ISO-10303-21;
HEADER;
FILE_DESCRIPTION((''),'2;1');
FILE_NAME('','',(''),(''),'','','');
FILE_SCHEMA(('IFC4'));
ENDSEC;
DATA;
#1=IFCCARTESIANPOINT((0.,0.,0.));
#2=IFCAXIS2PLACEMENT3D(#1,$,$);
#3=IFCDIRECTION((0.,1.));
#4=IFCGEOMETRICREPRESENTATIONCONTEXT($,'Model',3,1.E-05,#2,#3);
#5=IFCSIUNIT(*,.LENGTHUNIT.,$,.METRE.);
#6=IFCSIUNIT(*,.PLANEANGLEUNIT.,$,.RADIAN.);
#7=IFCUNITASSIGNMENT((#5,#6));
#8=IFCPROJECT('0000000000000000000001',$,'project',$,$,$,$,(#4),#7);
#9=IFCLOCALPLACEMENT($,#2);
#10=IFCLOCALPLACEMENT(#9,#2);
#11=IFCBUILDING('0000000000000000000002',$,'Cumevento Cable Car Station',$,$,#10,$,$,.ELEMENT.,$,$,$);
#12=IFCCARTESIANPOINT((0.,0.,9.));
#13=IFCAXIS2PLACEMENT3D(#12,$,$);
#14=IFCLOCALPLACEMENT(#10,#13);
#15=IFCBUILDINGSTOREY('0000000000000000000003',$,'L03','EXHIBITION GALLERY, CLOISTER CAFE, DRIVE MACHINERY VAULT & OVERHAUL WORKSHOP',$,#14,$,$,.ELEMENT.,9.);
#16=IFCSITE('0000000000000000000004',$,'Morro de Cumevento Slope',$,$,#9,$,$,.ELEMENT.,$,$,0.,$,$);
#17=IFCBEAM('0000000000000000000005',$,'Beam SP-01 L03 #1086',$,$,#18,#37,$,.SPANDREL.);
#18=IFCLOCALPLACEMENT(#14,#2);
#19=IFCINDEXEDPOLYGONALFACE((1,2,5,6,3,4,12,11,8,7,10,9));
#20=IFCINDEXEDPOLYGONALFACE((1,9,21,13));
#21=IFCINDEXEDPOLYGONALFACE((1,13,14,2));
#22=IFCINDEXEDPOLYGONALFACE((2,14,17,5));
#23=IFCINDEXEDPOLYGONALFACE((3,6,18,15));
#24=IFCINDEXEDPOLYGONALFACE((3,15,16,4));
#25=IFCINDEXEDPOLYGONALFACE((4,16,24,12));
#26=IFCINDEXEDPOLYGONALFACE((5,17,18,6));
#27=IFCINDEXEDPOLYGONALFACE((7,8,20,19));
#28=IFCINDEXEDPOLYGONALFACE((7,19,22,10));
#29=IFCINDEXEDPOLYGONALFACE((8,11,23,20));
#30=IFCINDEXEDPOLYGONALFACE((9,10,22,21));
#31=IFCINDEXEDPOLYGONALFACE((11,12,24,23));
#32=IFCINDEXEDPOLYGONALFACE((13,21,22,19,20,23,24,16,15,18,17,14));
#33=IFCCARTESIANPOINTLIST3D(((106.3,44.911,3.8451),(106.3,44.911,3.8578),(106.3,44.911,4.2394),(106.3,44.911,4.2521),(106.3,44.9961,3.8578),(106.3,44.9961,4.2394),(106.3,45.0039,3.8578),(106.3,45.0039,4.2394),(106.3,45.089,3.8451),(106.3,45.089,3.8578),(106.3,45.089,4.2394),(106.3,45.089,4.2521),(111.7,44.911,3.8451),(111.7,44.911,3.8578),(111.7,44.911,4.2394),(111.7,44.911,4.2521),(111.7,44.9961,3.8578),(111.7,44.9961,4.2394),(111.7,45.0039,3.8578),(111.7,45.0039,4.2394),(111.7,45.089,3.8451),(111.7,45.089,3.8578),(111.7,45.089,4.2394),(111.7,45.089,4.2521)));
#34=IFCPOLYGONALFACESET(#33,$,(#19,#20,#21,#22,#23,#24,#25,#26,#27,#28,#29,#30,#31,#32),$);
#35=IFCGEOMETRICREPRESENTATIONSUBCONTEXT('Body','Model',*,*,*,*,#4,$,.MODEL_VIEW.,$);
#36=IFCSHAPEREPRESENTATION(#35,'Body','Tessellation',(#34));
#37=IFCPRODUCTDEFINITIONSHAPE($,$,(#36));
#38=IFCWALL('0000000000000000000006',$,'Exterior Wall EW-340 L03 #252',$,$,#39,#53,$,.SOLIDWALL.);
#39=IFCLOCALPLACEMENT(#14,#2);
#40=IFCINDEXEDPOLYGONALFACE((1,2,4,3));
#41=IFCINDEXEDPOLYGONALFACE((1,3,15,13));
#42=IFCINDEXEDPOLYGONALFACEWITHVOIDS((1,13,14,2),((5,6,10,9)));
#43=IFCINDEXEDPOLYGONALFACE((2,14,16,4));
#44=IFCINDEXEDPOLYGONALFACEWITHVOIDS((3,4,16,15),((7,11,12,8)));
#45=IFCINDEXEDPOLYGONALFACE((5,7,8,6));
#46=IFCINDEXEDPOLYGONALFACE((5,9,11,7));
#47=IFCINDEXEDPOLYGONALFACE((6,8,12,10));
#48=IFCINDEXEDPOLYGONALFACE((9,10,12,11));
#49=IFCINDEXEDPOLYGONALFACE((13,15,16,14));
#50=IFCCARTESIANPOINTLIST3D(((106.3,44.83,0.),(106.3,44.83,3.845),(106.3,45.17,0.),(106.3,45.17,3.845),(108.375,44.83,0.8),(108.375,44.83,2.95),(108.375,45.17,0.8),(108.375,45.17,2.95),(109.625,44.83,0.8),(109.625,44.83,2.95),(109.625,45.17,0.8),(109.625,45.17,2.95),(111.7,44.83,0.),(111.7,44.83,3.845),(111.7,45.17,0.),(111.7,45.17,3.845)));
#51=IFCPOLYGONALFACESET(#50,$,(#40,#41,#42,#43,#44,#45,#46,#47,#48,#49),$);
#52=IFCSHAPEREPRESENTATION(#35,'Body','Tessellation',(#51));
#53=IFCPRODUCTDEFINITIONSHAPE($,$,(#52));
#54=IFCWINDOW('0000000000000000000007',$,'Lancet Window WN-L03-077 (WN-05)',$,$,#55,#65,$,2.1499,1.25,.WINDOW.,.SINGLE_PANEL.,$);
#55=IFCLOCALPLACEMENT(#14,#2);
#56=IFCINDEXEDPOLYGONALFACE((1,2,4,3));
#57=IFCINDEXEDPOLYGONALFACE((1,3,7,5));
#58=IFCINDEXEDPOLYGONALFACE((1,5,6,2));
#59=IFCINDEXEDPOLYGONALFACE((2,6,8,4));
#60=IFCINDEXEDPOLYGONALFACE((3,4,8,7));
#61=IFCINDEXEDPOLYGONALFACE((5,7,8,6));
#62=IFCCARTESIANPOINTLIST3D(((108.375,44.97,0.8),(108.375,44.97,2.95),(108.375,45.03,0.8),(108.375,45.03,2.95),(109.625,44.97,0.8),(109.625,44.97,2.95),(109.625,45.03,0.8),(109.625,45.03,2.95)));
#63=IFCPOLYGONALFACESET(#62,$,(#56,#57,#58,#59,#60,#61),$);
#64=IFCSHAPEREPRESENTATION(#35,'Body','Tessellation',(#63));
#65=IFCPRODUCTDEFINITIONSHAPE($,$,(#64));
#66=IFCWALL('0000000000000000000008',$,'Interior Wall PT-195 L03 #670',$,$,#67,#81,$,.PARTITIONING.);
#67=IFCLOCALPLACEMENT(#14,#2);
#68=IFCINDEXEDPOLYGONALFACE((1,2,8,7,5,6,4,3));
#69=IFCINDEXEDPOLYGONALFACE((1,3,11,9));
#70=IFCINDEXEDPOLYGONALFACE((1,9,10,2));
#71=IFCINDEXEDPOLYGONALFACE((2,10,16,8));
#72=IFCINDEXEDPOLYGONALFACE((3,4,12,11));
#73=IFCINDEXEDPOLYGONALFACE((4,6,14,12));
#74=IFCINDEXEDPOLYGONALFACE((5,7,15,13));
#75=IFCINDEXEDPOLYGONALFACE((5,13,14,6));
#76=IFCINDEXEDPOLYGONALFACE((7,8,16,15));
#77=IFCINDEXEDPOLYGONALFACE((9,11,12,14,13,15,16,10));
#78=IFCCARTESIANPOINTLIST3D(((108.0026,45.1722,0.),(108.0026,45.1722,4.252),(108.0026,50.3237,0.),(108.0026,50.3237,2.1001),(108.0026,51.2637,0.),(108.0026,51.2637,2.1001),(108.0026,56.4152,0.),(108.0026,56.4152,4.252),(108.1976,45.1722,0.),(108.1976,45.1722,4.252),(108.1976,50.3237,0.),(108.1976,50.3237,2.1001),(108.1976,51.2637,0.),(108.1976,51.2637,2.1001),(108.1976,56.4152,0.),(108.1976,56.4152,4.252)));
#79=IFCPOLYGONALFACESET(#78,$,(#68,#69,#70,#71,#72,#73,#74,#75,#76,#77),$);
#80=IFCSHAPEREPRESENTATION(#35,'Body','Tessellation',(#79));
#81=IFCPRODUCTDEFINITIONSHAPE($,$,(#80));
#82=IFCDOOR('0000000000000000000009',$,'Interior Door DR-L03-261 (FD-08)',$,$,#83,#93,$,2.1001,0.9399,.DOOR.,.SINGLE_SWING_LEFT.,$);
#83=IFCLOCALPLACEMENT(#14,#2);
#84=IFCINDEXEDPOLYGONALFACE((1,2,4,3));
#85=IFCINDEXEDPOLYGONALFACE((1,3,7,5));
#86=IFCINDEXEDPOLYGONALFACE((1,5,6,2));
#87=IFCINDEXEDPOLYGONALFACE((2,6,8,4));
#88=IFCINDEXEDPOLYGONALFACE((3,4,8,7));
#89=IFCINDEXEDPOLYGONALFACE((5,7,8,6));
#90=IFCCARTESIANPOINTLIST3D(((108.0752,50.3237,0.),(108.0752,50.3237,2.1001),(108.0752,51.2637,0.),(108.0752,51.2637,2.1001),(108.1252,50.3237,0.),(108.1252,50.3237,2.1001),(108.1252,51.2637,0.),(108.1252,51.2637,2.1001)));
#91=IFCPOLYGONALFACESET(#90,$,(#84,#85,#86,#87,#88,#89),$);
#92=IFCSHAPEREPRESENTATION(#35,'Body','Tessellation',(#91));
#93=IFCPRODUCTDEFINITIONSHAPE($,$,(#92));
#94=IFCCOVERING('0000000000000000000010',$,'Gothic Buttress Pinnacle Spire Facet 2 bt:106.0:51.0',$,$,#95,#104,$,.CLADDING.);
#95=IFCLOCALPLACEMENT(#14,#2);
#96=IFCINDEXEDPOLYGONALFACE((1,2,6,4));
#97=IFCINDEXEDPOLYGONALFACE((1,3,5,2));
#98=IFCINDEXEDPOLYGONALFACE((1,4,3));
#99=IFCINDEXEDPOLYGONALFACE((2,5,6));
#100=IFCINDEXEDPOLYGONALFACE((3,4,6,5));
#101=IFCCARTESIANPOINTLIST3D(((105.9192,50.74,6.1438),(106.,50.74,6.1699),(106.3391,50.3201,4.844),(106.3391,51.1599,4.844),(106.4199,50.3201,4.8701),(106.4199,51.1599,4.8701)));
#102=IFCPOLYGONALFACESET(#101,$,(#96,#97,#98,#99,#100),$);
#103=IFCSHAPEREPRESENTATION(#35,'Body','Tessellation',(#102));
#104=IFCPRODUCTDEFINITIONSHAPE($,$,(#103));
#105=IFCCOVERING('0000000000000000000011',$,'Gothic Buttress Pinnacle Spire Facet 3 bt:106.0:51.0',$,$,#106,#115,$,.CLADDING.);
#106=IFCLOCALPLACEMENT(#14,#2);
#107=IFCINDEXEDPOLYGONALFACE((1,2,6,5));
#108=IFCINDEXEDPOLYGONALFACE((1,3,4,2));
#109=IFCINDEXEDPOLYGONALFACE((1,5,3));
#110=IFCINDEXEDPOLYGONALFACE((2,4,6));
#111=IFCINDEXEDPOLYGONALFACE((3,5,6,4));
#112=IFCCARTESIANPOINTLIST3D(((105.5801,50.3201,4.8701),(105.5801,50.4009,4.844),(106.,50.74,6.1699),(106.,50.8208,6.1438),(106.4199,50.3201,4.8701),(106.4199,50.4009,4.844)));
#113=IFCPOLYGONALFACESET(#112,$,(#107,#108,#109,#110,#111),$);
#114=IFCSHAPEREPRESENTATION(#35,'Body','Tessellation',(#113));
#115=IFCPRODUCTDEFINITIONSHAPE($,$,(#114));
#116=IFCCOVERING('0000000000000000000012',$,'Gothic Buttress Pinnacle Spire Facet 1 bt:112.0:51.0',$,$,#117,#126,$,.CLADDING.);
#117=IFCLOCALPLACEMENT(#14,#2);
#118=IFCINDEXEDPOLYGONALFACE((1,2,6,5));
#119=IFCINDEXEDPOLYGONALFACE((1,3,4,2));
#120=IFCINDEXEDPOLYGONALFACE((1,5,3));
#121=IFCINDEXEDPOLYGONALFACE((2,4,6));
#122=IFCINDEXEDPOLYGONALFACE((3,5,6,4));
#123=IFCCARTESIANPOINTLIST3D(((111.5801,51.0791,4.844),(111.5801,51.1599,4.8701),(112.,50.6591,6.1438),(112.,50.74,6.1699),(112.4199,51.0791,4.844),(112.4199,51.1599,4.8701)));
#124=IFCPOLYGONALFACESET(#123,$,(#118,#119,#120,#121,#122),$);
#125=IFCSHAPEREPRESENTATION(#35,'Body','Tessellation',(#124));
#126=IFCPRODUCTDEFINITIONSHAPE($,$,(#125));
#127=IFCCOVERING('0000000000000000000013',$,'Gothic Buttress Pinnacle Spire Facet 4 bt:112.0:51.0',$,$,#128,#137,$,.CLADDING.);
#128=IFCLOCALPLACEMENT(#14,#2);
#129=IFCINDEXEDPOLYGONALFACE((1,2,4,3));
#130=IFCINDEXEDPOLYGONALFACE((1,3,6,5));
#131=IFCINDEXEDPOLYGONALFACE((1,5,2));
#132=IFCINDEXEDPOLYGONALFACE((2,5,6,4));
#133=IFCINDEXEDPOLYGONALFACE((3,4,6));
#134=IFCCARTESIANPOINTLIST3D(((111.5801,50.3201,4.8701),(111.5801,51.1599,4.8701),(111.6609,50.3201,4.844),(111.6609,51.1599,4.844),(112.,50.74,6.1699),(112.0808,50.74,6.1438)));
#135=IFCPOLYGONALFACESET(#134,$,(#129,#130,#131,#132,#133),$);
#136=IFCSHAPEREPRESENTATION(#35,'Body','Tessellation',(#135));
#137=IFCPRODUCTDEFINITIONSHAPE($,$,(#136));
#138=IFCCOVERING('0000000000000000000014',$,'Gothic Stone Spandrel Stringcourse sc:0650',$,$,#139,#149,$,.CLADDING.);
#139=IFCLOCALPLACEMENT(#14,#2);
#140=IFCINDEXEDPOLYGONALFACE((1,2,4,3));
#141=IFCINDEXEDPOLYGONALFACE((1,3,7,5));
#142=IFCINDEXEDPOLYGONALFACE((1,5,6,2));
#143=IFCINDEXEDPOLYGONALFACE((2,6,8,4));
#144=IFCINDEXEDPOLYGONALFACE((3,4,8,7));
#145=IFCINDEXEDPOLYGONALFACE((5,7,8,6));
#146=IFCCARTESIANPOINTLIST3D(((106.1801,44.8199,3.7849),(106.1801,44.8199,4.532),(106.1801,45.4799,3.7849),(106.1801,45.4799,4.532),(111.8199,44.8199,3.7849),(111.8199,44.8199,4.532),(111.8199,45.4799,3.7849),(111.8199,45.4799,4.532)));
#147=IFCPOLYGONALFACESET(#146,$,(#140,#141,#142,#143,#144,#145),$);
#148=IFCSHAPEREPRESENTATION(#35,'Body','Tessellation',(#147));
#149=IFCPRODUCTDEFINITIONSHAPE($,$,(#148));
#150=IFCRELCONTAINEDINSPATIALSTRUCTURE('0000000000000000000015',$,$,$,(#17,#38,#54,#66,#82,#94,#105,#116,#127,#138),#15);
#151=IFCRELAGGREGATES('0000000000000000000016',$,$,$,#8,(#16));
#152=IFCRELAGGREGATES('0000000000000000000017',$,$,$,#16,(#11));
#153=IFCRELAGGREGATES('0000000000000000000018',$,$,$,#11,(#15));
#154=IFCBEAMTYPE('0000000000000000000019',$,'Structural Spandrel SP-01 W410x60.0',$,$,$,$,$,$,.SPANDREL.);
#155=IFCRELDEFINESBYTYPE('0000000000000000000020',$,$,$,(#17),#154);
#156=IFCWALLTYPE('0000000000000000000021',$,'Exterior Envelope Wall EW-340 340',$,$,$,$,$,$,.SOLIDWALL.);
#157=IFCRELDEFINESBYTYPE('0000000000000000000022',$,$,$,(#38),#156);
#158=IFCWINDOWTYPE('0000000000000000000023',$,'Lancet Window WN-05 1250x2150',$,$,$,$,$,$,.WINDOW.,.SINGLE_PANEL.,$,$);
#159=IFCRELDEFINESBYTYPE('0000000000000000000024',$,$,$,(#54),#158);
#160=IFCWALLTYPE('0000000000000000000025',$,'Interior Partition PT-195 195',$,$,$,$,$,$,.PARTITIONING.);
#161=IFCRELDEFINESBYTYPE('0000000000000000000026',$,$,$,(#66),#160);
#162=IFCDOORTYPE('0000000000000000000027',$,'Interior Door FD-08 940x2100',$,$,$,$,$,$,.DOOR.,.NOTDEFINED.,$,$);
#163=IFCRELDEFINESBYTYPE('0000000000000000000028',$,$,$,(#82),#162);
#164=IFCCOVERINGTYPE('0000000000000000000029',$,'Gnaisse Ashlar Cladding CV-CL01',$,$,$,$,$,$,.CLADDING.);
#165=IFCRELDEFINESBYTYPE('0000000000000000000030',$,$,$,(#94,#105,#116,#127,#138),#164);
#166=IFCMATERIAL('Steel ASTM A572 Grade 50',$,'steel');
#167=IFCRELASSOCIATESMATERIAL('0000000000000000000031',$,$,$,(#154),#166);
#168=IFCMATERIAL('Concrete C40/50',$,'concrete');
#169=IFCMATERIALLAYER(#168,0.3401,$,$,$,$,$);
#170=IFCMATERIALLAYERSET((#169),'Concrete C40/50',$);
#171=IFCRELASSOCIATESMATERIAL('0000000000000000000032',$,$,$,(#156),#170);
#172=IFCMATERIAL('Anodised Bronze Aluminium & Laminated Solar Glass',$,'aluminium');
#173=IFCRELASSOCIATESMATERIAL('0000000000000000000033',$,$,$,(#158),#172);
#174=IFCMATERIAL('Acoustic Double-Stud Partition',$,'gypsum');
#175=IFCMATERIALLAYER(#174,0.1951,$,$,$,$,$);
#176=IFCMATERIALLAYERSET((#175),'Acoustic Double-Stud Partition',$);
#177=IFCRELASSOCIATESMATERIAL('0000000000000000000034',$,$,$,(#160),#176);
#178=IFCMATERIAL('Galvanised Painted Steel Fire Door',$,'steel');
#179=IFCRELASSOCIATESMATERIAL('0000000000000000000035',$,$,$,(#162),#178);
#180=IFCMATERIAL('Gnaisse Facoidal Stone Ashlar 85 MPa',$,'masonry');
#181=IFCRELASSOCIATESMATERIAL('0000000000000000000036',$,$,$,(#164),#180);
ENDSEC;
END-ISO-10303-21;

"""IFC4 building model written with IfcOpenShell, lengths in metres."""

from ifc_helpers import new_model, si_unit, direction, frame, frame_2d, origin, origin_2d, place, context, subcontext, project, spatial, polyline, rectangle, i_section, outline, extrude, material, layer, layer_set, material_profile, profile_set, type_object, element, fill, save


model = new_model("IFC4")

# Units and contexts
model_context = context("Model", 3, precision=1e-05, world=origin(), true_north=direction((0.0, 1.0)))
body_context = subcontext(model_context, "Body", "Model", "MODEL_VIEW")
ifc_project = project(units=[si_unit("LENGTHUNIT", "METRE"), si_unit("PLANEANGLEUNIT", "RADIAN")], contexts=[model_context])

# Site, building, storey
site_placement = place(None, origin())
site = spatial("IfcSite", under=ifc_project, at=site_placement, Name="Morro de Cumevento Slope", CompositionType="ELEMENT", RefElevation=0.0)
building_placement = place(site_placement, origin())
building = spatial("IfcBuilding", under=site, at=building_placement, Name="Cumevento Cable Car Station", CompositionType="ELEMENT")
storey_placement = place(building_placement, frame((0.0, 0.0, 9.0)))
storey = spatial("IfcBuildingStorey", under=building, at=storey_placement, Name="L03", Description="EXHIBITION GALLERY, CLOISTER CAFE, DRIVE MACHINERY VAULT & OVERHAUL WORKSHOP", CompositionType="ELEMENT", Elevation=9.0)

# Beam
ifc_material_1 = material(Name="Steel ASTM A572 Grade 50", Category="steel")
ifc_material_profile_1 = material_profile(ifc_material_1, i_section(OverallWidth=0.178, OverallDepth=0.407, WebThickness=0.0078, FlangeThickness=0.0127, at=origin_2d()), Name="W410x60.0")
ifc_profile_set_1 = profile_set([ifc_material_profile_1], Name="Steel ASTM A572 Grade 50")
beam_type_1 = type_object("IfcBeamType", Name="Structural Spandrel SP-01 W410x60.0", PredefinedType="SPANDREL", material=ifc_profile_set_1)
beam_1_placement = place(storey_placement, frame((106.3, 45.0, 4.0486), z_axis=(1.0, 0.0, 0.0), x_axis=(0.0, 1.0, 0.0)))
element("IfcBeam", 1, at=beam_1_placement, inside=storey, type_object=beam_type_1, Name="Beam SP-01 L03 #1086", PredefinedType="SPANDREL", context=body_context, shape_type="SweptSolid", body=[
    extrude(i_section(OverallWidth=0.178, OverallDepth=0.407, WebThickness=0.0078, FlangeThickness=0.0127, at=origin_2d()), origin(), (0.0, 0.0, 1.0), 5.3999),
])

# Wall, opening, window
ifc_material_2 = material(Name="Concrete C40/50", Category="concrete")
ifc_layer_1 = layer(ifc_material_2, 0.3401)
ifc_layer_set_1 = layer_set([ifc_layer_1], Name="Concrete C40/50")
wall_type_1 = type_object("IfcWallType", Name="Exterior Envelope Wall EW-340 340", PredefinedType="SOLIDWALL", material=ifc_layer_set_1)
wall_1_placement = place(storey_placement, frame((111.7, 45.0, 0.0), z_axis=(0.0, 0.0, 1.0), x_axis=(-1.0, 0.0, 0.0)))
wall_1 = element("IfcWall", 2, at=wall_1_placement, inside=storey, type_object=wall_type_1, Name="Exterior Wall EW-340 L03 #252", PredefinedType="SOLIDWALL", context=body_context, shape_type="SweptSolid", body=[
    extrude(rectangle(XDim=5.3999, YDim=0.3401, at=frame_2d((2.7, 0.0))), origin(), (0.0, 0.0, 1.0), 3.845),
])
opening_1_placement = place(wall_1_placement, frame((2.075, 0.0, 0.8)))
opening_1 = element("IfcOpeningElement", 3, at=opening_1_placement, cuts=wall_1, PredefinedType="OPENING", context=body_context, shape_type="SweptSolid", body=[
    extrude(rectangle(XDim=1.25, YDim=2.1499, at=frame_2d((0.625, 1.075))), frame((0.0, 0.1799, 0.0), z_axis=(0.0, -1.0, 0.0), x_axis=(1.0, 0.0, 0.0)), (0.0, 0.0, 1.0), 0.3601),
])
ifc_material_3 = material(Name="Anodised Bronze Aluminium & Laminated Solar Glass", Category="aluminium")
window_type = type_object("IfcWindowType", Name="Lancet Window WN-05 1250x2150", PartitioningType="SINGLE_PANEL", PredefinedType="WINDOW", material=ifc_material_3)
window_placement = place(opening_1_placement, origin())
window = element("IfcWindow", 4, at=window_placement, inside=storey, type_object=window_type, Name="Lancet Window WN-L03-077 (WN-05)", OverallHeight=2.1499, OverallWidth=1.25, PartitioningType="SINGLE_PANEL", PredefinedType="WINDOW", context=body_context, shape_type="SweptSolid", body=[
    extrude(rectangle(XDim=1.25, YDim=2.1499, at=frame_2d((0.625, 1.075))), frame((0.0, 0.03, 0.0), z_axis=(0.0, -1.0, 0.0), x_axis=(1.0, 0.0, 0.0)), (0.0, 0.0, 1.0), 0.0601),
])
fill(opening_1, window)

# Wall, opening, door
ifc_material_4 = material(Name="Acoustic Double-Stud Partition", Category="gypsum")
ifc_layer_2 = layer(ifc_material_4, 0.1951)
ifc_layer_set_2 = layer_set([ifc_layer_2], Name="Acoustic Double-Stud Partition")
wall_type_2 = type_object("IfcWallType", Name="Interior Partition PT-195 195", PredefinedType="PARTITIONING", material=ifc_layer_set_2)
wall_2_placement = place(storey_placement, frame((108.1001, 45.1721, 0.0), z_axis=(0.0, 0.0, 1.0), x_axis=(0.0, 1.0, 0.0)))
wall_2 = element("IfcWall", 5, at=wall_2_placement, inside=storey, type_object=wall_type_2, Name="Interior Wall PT-195 L03 #670", PredefinedType="PARTITIONING", context=body_context, shape_type="SweptSolid", body=[
    extrude(rectangle(XDim=11.2429, YDim=0.1951, at=frame_2d((5.6216, 0.0))), origin(), (0.0, 0.0, 1.0), 4.252),
])
opening_2_placement = place(wall_2_placement, frame((5.1516, 0.0, 0.0)))
opening_2 = element("IfcOpeningElement", 6, at=opening_2_placement, cuts=wall_2, PredefinedType="OPENING", context=body_context, shape_type="SweptSolid", body=[
    extrude(rectangle(XDim=0.9399, YDim=2.1001, at=frame_2d((0.47, 1.05))), frame((0.0, 0.1077, 0.0), z_axis=(0.0, -1.0, 0.0), x_axis=(1.0, 0.0, 0.0)), (0.0, 0.0, 1.0), 0.2151),
])
ifc_material_5 = material(Name="Galvanised Painted Steel Fire Door", Category="steel")
door_type = type_object("IfcDoorType", Name="Interior Door FD-08 940x2100", OperationType="NOTDEFINED", PredefinedType="DOOR", material=ifc_material_5)
door_placement = place(opening_2_placement, origin())
door = element("IfcDoor", 7, at=door_placement, inside=storey, type_object=door_type, Name="Interior Door DR-L03-261 (FD-08)", OperationType="SINGLE_SWING_LEFT", OverallHeight=2.1001, OverallWidth=0.9399, PredefinedType="DOOR", context=body_context, shape_type="SweptSolid", body=[
    extrude(rectangle(XDim=0.9399, YDim=2.1001, at=frame_2d((0.47, 1.05))), frame((0.0, 0.0249, 0.0), z_axis=(0.0, -1.0, 0.0), x_axis=(1.0, 0.0, 0.0)), (0.0, 0.0, 1.0), 0.05),
])
fill(opening_2, door)

# Coverings
ifc_material_6 = material(Name="Gnaisse Facoidal Stone Ashlar 85 MPa", Category="masonry")
covering_type = type_object("IfcCoveringType", Name="Gnaisse Ashlar Cladding CV-CL01", PredefinedType="CLADDING", material=ifc_material_6)
for number, where, z_axis, x_axis, name in (
    (8, (106.4199, 51.1599, 4.8701), (0.951574, 0.0, 0.307421), (0.0, -1.0, 0.0), "Gothic Buttress Pinnacle Spire Facet 2 bt:106.0:51.0"),
    (9, (106.4199, 50.3201, 4.8701), (0.0, -0.951574, 0.307421), (-1.0, 0.0, 0.0), "Gothic Buttress Pinnacle Spire Facet 3 bt:106.0:51.0"),
    (10, (111.5801, 51.1599, 4.8701), (0.0, 0.951574, 0.307421), (1.0, 0.0, 0.0), "Gothic Buttress Pinnacle Spire Facet 1 bt:112.0:51.0"),
    (11, (111.5801, 50.3201, 4.8701), (-0.951574, 0.0, 0.307421), (0.0, 1.0, 0.0), "Gothic Buttress Pinnacle Spire Facet 4 bt:112.0:51.0"),
):
    element("IfcCovering", number, at=place(storey_placement, frame(where, z_axis=z_axis, x_axis=x_axis)), inside=storey, type_object=covering_type, Name=name, PredefinedType="CLADDING", context=body_context, shape_type="SweptSolid", body=[
        extrude(outline(polyline([(0.0, 0.0), (0.8398, 0.0), (0.4199, -1.366), (0.0, 0.0)])), origin(), (0.0, 0.0, -1.0), 0.085),
    ])
covering_1_placement = place(storey_placement, frame((109.0, 45.1499, 3.7849), z_axis=(0.0, 0.0, 1.0), x_axis=(-1.0, 0.0, 0.0)))
element("IfcCovering", 12, at=covering_1_placement, inside=storey, type_object=covering_type, Name="Gothic Stone Spandrel Stringcourse sc:0650", PredefinedType="CLADDING", context=body_context, shape_type="SweptSolid", body=[
    extrude(rectangle(XDim=5.6399, YDim=0.6599, at=origin_2d()), origin(), (0.0, 0.0, 1.0), 0.7471),
])

save(model, "model.ifc")
